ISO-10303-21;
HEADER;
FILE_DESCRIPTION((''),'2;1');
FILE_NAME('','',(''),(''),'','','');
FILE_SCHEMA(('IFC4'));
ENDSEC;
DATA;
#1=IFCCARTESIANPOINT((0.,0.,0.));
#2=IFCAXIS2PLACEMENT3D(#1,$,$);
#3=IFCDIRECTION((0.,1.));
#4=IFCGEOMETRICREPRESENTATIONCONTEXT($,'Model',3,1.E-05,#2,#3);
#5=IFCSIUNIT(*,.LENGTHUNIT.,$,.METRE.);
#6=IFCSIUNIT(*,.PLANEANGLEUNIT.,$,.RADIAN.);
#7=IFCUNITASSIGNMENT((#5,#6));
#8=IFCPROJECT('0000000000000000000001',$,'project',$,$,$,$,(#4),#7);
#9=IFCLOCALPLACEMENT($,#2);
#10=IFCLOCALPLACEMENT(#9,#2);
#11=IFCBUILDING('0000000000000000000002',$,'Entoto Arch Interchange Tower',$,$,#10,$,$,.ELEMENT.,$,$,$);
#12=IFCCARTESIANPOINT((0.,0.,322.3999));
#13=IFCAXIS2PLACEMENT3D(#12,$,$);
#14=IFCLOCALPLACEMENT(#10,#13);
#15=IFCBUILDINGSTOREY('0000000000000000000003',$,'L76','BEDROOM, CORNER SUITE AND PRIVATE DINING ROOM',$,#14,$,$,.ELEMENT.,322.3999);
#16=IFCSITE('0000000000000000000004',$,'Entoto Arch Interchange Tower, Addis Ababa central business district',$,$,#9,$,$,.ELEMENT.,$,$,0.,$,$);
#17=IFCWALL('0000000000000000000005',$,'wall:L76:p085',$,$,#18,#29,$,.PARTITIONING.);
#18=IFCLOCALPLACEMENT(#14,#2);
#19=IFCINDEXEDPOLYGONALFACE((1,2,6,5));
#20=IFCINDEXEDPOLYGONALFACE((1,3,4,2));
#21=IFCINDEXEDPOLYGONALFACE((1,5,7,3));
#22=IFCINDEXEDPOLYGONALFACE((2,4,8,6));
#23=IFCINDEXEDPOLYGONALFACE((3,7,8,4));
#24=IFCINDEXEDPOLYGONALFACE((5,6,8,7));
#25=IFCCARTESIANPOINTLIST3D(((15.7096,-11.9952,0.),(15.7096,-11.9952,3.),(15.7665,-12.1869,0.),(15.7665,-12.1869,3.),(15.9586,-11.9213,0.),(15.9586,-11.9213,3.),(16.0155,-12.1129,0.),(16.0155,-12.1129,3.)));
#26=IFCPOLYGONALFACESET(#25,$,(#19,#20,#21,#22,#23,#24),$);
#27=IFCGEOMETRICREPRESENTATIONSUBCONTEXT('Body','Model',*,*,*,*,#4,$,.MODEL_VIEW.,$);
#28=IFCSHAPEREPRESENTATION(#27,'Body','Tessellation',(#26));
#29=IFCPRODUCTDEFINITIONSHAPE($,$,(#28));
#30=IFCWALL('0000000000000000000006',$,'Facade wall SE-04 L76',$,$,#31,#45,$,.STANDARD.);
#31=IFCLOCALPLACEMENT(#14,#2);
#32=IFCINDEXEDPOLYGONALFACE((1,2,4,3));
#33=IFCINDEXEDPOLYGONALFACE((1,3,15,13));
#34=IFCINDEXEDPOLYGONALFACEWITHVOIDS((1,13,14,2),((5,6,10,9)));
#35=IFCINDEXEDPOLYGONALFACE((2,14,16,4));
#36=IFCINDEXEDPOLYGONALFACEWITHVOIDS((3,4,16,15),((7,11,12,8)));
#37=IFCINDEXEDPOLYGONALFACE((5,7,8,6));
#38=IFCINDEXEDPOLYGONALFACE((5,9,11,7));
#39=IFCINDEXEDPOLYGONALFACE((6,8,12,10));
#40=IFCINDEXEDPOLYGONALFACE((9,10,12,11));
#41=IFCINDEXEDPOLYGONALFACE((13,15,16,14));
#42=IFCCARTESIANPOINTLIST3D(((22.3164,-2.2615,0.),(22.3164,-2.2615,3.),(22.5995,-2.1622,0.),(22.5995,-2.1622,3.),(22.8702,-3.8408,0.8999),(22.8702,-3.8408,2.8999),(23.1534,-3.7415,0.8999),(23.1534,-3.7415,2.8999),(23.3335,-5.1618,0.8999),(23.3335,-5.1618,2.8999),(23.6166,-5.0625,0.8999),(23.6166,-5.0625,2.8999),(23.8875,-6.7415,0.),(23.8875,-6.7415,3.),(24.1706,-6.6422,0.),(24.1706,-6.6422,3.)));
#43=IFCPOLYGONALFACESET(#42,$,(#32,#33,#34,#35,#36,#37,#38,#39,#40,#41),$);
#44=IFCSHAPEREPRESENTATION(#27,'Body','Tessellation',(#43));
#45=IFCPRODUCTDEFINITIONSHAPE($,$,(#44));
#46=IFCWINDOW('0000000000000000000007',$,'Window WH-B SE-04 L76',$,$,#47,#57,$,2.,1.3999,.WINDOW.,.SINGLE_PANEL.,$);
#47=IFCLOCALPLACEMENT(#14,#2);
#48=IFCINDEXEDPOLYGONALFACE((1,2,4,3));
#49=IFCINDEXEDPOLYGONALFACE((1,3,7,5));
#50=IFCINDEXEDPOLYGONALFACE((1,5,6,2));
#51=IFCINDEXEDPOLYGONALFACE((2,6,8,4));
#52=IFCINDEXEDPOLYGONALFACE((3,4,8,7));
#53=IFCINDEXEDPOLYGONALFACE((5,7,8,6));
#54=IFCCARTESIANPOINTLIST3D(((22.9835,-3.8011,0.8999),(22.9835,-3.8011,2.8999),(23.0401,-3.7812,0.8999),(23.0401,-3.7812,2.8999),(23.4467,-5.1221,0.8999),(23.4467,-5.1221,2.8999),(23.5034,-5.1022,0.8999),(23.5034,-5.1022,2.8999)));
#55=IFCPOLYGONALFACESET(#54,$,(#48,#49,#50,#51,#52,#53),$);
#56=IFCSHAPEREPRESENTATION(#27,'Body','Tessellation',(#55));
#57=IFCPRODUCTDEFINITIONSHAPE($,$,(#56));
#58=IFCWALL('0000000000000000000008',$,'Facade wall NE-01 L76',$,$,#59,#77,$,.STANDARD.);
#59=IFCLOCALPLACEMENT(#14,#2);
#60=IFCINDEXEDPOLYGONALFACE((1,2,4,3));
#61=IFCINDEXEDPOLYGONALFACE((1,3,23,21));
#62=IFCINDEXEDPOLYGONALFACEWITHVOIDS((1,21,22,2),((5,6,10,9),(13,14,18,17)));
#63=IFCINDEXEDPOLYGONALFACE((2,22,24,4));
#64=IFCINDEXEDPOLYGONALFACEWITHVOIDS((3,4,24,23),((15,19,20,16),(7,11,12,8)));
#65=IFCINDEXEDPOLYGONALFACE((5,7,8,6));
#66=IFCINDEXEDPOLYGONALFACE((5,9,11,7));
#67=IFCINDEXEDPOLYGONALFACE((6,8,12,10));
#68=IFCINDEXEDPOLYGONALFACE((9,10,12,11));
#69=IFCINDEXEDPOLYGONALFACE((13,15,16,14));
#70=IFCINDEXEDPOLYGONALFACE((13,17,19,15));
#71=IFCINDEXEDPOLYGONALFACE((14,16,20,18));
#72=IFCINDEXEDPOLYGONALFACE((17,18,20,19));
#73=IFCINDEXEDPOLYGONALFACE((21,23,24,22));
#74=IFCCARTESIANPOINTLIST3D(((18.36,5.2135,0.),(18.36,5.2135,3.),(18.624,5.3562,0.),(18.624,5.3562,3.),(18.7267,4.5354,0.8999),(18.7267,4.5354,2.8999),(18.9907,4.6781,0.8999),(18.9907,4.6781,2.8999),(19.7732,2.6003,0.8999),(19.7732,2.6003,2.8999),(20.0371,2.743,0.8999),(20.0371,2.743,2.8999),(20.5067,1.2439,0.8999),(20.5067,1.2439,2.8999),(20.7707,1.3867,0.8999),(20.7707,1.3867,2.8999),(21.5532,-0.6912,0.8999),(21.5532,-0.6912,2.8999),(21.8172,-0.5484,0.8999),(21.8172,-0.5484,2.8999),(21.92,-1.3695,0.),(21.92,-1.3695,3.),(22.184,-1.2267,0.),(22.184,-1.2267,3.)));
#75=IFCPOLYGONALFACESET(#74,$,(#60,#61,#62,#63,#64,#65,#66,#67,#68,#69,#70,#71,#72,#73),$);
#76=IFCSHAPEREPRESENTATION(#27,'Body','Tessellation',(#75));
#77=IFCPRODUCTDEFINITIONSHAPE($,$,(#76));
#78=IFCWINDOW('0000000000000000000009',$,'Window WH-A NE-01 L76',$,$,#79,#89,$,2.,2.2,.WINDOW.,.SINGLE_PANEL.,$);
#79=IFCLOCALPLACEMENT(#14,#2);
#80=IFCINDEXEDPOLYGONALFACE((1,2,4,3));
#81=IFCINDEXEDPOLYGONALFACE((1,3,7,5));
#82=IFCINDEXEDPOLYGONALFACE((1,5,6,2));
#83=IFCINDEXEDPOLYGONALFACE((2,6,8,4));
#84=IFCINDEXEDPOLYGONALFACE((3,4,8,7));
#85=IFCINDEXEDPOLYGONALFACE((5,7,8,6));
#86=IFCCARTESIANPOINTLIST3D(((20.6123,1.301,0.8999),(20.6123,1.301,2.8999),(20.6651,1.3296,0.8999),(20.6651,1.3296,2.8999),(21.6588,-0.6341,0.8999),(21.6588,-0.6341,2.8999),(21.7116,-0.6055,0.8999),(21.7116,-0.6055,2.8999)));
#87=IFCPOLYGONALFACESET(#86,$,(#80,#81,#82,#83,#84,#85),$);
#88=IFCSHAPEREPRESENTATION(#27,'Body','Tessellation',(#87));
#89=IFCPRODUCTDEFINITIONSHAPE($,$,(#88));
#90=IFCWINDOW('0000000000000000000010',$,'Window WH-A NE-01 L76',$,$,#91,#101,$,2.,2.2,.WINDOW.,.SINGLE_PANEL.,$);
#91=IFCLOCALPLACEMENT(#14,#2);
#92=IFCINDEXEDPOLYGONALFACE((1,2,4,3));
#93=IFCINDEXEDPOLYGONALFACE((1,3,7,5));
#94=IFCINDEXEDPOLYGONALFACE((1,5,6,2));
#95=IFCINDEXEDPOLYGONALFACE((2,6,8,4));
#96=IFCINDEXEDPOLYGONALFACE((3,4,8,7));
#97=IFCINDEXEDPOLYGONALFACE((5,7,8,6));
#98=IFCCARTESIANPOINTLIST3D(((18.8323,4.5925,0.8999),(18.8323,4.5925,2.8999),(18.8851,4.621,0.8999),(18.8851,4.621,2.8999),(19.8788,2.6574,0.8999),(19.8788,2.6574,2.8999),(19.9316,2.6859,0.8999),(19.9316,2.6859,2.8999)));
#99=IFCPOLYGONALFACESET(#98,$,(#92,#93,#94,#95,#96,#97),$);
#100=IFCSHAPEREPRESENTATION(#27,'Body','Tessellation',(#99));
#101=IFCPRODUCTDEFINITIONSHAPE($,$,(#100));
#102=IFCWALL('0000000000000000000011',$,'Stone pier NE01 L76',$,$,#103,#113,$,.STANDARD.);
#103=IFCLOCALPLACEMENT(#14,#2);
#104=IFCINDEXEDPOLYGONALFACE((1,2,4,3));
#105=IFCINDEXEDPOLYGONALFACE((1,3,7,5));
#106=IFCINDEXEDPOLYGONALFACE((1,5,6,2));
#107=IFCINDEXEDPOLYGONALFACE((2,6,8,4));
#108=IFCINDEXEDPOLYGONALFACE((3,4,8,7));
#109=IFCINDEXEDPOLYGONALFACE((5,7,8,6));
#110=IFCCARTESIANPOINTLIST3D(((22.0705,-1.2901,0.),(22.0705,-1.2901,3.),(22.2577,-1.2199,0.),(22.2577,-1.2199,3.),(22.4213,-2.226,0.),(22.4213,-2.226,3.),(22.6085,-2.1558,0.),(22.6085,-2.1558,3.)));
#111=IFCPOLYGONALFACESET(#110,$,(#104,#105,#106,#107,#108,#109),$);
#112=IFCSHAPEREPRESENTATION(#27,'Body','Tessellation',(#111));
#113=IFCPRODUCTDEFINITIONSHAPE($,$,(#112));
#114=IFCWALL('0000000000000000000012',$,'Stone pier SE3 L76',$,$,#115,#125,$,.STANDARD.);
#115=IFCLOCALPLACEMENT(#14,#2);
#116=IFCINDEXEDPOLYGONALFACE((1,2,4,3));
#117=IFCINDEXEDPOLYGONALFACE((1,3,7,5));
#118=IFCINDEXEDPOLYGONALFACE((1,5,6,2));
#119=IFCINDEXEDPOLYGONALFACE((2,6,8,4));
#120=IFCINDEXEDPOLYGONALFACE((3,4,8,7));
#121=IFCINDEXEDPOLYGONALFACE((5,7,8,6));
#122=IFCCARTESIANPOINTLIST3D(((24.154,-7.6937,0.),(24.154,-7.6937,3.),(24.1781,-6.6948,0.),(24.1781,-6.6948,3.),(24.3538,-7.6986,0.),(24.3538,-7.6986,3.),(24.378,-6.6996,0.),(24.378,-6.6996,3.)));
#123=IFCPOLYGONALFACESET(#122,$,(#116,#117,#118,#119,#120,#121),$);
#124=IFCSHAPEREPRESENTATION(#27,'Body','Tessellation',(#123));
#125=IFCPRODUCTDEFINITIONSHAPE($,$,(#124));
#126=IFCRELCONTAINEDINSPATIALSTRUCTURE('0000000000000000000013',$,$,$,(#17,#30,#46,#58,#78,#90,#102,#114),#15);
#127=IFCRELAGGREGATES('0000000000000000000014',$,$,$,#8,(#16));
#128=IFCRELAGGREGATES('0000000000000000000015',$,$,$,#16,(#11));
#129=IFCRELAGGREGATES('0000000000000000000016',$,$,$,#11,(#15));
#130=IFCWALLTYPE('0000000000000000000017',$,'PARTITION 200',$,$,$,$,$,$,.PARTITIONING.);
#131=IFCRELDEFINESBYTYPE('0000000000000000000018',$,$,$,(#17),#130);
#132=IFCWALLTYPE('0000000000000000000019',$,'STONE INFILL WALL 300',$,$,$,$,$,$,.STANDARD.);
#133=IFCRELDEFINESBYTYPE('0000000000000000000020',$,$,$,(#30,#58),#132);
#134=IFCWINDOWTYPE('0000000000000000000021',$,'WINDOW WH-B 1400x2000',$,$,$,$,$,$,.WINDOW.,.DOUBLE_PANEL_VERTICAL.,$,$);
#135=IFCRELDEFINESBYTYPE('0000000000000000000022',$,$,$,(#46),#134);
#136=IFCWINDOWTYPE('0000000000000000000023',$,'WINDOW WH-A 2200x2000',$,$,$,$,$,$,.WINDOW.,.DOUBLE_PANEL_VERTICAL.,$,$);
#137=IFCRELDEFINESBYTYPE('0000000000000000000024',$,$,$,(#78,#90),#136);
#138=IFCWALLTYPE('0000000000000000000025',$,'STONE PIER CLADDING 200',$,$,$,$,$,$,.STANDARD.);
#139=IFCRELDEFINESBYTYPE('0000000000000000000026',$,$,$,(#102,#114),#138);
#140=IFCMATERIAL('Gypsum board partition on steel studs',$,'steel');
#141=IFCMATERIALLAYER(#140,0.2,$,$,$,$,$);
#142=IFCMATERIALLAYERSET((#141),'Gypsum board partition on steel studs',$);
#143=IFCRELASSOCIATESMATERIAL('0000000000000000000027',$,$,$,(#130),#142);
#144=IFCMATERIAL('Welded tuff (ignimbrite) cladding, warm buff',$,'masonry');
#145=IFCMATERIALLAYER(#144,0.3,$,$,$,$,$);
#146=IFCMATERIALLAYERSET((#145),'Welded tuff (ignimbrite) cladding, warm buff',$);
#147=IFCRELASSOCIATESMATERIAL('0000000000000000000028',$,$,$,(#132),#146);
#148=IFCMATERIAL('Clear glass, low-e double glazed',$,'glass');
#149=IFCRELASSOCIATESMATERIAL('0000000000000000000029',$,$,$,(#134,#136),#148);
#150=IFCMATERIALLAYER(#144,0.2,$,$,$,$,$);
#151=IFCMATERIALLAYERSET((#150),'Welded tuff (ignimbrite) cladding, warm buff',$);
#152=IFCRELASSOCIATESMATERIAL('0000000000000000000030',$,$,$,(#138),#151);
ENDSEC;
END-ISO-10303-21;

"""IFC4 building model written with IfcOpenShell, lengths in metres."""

from ifc_helpers import new_model, si_unit, direction, frame, frame_2d, origin, place, context, subcontext, project, spatial, rectangle, extrude, material, layer, layer_set, type_object, element, fill, save


model = new_model("IFC4")

# Units and contexts
model_context = context("Model", 3, precision=1e-05, world=origin(), true_north=direction((0.0, 1.0)))
body_context = subcontext(model_context, "Body", "Model", "MODEL_VIEW")
ifc_project = project(units=[si_unit("LENGTHUNIT", "METRE"), si_unit("PLANEANGLEUNIT", "RADIAN")], contexts=[model_context])

# Site, building, storey
site_placement = place(None, origin())
site = spatial("IfcSite", under=ifc_project, at=site_placement, Name="Entoto Arch Interchange Tower, Addis Ababa central business district", CompositionType="ELEMENT", RefElevation=0.0)
building_placement = place(site_placement, origin())
building = spatial("IfcBuilding", under=site, at=building_placement, Name="Entoto Arch Interchange Tower", CompositionType="ELEMENT")
storey_placement = place(building_placement, frame((0.0, 0.0, 322.3999)))
storey = spatial("IfcBuildingStorey", under=building, at=storey_placement, Name="L76", Description="BEDROOM, CORNER SUITE AND PRIVATE DINING ROOM", CompositionType="ELEMENT", Elevation=322.3999)

# Shared definitions
ifc_material_1 = material(Name="Gypsum board partition on steel studs", Category="steel")
ifc_layer_1 = layer(ifc_material_1, 0.2)
ifc_layer_set_1 = layer_set([ifc_layer_1], Name="Gypsum board partition on steel studs")
wall_type_1 = type_object("IfcWallType", Name="PARTITION 200", PredefinedType="PARTITIONING", material=ifc_layer_set_1)

# Wall
wall_1_placement = place(storey_placement, frame((15.9871, -12.0171, 0.0), z_axis=(0.0, 0.0, 1.0), x_axis=(-0.958599, -0.28476, 0.0)))
element("IfcWall", 1, at=wall_1_placement, inside=storey, type_object=wall_type_1, Name="wall:L76:p085", PredefinedType="PARTITIONING", context=body_context, shape_type="SweptSolid", body=[
    extrude(rectangle(XDim=0.2598, YDim=0.2, at=frame_2d((0.1299, 0.0))), origin(), (0.0, 0.0, 1.0), 3.0),
])

# Wall, opening, window
ifc_material_2 = material(Name="Welded tuff (ignimbrite) cladding, warm buff", Category="masonry")
ifc_layer_2 = layer(ifc_material_2, 0.3)
ifc_layer_set_2 = layer_set([ifc_layer_2], Name="Welded tuff (ignimbrite) cladding, warm buff")
wall_type_2 = type_object("IfcWallType", Name="STONE INFILL WALL 300", PredefinedType="STANDARD", material=ifc_layer_set_2)
wall_2_placement = place(storey_placement, frame((24.0291, -6.6919, 0.0), z_axis=(0.0, 0.0, 1.0), x_axis=(-0.330923, 0.943658, 0.0)))
wall_2 = element("IfcWall", 2, at=wall_2_placement, inside=storey, type_object=wall_type_2, Name="Facade wall SE-04 L76", PredefinedType="STANDARD", context=body_context, shape_type="SweptSolid", body=[
    extrude(rectangle(XDim=4.7476, YDim=0.3, at=frame_2d((2.3738, 0.0))), origin(), (0.0, 0.0, 1.0), 3.0),
])
opening_1_placement = place(wall_2_placement, frame((1.6741, 0.0, 0.8999)))
opening_1 = element("IfcOpeningElement", 3, at=opening_1_placement, cuts=wall_2, PredefinedType="OPENING", context=body_context, shape_type="SweptSolid", body=[
    extrude(rectangle(XDim=1.3999, YDim=2.0, at=frame_2d((0.7, 1.0))), frame((0.0, 0.1602, 0.0), z_axis=(0.0, -1.0, 0.0), x_axis=(1.0, 0.0, 0.0)), (0.0, 0.0, 1.0), 0.3201),
])
ifc_material_3 = material(Name="Clear glass, low-e double glazed", Category="glass")
window_type_1 = type_object("IfcWindowType", Name="WINDOW WH-B 1400x2000", PartitioningType="DOUBLE_PANEL_VERTICAL", PredefinedType="WINDOW", material=ifc_material_3)
window_1_placement = place(opening_1_placement, origin())
window_1 = element("IfcWindow", 4, at=window_1_placement, inside=storey, type_object=window_type_1, Name="Window WH-B SE-04 L76", OverallHeight=2.0, OverallWidth=1.3999, PartitioningType="SINGLE_PANEL", PredefinedType="WINDOW", context=body_context, shape_type="SweptSolid", body=[
    extrude(rectangle(XDim=1.3999, YDim=2.0, at=frame_2d((0.7, 1.0))), frame((0.0, 0.03, 0.0), z_axis=(0.0, -1.0, 0.0), x_axis=(1.0, 0.0, 0.0)), (0.0, 0.0, 1.0), 0.0601),
])
fill(opening_1, window_1)

# Wall, openings, windows
wall_3_placement = place(storey_placement, frame((22.052, -1.2981, 0.0), z_axis=(0.0, 0.0, 1.0), x_axis=(-0.47569, 0.879613, 0.0)))
wall_3 = element("IfcWall", 5, at=wall_3_placement, inside=storey, type_object=wall_type_2, Name="Facade wall NE-01 L76", PredefinedType="STANDARD", context=body_context, shape_type="SweptSolid", body=[
    extrude(rectangle(XDim=7.4839, YDim=0.3, at=frame_2d((3.7419, 0.0))), origin(), (0.0, 0.0, 1.0), 3.0),
])
opening_2_placement = place(wall_3_placement, frame((0.771, 0.0, 0.8999)))
opening_2 = element("IfcOpeningElement", 6, at=opening_2_placement, cuts=wall_3, PredefinedType="OPENING", context=body_context, shape_type="SweptSolid", body=[
    extrude(rectangle(XDim=2.2, YDim=2.0, at=frame_2d((1.1001, 1.0))), frame((0.0, 0.1602, 0.0), z_axis=(0.0, -1.0, 0.0), x_axis=(1.0, 0.0, 0.0)), (0.0, 0.0, 1.0), 0.3201),
])
opening_3_placement = place(wall_3_placement, frame((4.5129, 0.0, 0.8999)))
opening_3 = element("IfcOpeningElement", 7, at=opening_3_placement, cuts=wall_3, PredefinedType="OPENING", context=body_context, shape_type="SweptSolid", body=[
    extrude(rectangle(XDim=2.2, YDim=2.0, at=frame_2d((1.1001, 1.0))), frame((0.0, 0.1602, 0.0), z_axis=(0.0, -1.0, 0.0), x_axis=(1.0, 0.0, 0.0)), (0.0, 0.0, 1.0), 0.3201),
])
window_type_2 = type_object("IfcWindowType", Name="WINDOW WH-A 2200x2000", PartitioningType="DOUBLE_PANEL_VERTICAL", PredefinedType="WINDOW", material=ifc_material_3)
window_2_placement = place(opening_2_placement, origin())
window_2 = element("IfcWindow", 8, at=window_2_placement, inside=storey, type_object=window_type_2, Name="Window WH-A NE-01 L76", OverallHeight=2.0, OverallWidth=2.2, PartitioningType="SINGLE_PANEL", PredefinedType="WINDOW", context=body_context, shape_type="SweptSolid", body=[
    extrude(rectangle(XDim=2.2, YDim=2.0, at=frame_2d((1.1001, 1.0))), frame((0.0, 0.03, 0.0), z_axis=(0.0, -1.0, 0.0), x_axis=(1.0, 0.0, 0.0)), (0.0, 0.0, 1.0), 0.0601),
])
fill(opening_2, window_2)
window_3_placement = place(opening_3_placement, origin())
window_3 = element("IfcWindow", 9, at=window_3_placement, inside=storey, type_object=window_type_2, Name="Window WH-A NE-01 L76", OverallHeight=2.0, OverallWidth=2.2, PartitioningType="SINGLE_PANEL", PredefinedType="WINDOW", context=body_context, shape_type="SweptSolid", body=[
    extrude(rectangle(XDim=2.2, YDim=2.0, at=frame_2d((1.1001, 1.0))), frame((0.0, 0.03, 0.0), z_axis=(0.0, -1.0, 0.0), x_axis=(1.0, 0.0, 0.0)), (0.0, 0.0, 1.0), 0.0601),
])
fill(opening_3, window_3)

# Walls
ifc_layer_3 = layer(ifc_material_2, 0.2)
ifc_layer_set_3 = layer_set([ifc_layer_3], Name="Welded tuff (ignimbrite) cladding, warm buff")
wall_type_3 = type_object("IfcWallType", Name="STONE PIER CLADDING 200", PredefinedType="STANDARD", material=ifc_layer_set_3)
wall_4_placement = place(storey_placement, frame((22.5149, -2.1909, 0.0), z_axis=(0.0, 0.0, 1.0), x_axis=(-0.350963, 0.936389, 0.0)))
element("IfcWall", 10, at=wall_4_placement, inside=storey, type_object=wall_type_3, Name="Stone pier NE01 L76", PredefinedType="STANDARD", context=body_context, shape_type="SweptSolid", body=[
    extrude(rectangle(XDim=0.9995, YDim=0.2, at=frame_2d((0.4998, 0.0))), origin(), (0.0, 0.0, 1.0), 3.0),
])
wall_5_placement = place(storey_placement, frame((24.2539, -7.696, 0.0), z_axis=(0.0, 0.0, 1.0), x_axis=(0.024186, 0.999707, 0.0)))
element("IfcWall", 11, at=wall_5_placement, inside=storey, type_object=wall_type_3, Name="Stone pier SE3 L76", PredefinedType="STANDARD", context=body_context, shape_type="SweptSolid", body=[
    extrude(rectangle(XDim=0.9993, YDim=0.2, at=frame_2d((0.4995, 0.0))), origin(), (0.0, 0.0, 1.0), 3.0),
])

save(model, "model.ifc")
